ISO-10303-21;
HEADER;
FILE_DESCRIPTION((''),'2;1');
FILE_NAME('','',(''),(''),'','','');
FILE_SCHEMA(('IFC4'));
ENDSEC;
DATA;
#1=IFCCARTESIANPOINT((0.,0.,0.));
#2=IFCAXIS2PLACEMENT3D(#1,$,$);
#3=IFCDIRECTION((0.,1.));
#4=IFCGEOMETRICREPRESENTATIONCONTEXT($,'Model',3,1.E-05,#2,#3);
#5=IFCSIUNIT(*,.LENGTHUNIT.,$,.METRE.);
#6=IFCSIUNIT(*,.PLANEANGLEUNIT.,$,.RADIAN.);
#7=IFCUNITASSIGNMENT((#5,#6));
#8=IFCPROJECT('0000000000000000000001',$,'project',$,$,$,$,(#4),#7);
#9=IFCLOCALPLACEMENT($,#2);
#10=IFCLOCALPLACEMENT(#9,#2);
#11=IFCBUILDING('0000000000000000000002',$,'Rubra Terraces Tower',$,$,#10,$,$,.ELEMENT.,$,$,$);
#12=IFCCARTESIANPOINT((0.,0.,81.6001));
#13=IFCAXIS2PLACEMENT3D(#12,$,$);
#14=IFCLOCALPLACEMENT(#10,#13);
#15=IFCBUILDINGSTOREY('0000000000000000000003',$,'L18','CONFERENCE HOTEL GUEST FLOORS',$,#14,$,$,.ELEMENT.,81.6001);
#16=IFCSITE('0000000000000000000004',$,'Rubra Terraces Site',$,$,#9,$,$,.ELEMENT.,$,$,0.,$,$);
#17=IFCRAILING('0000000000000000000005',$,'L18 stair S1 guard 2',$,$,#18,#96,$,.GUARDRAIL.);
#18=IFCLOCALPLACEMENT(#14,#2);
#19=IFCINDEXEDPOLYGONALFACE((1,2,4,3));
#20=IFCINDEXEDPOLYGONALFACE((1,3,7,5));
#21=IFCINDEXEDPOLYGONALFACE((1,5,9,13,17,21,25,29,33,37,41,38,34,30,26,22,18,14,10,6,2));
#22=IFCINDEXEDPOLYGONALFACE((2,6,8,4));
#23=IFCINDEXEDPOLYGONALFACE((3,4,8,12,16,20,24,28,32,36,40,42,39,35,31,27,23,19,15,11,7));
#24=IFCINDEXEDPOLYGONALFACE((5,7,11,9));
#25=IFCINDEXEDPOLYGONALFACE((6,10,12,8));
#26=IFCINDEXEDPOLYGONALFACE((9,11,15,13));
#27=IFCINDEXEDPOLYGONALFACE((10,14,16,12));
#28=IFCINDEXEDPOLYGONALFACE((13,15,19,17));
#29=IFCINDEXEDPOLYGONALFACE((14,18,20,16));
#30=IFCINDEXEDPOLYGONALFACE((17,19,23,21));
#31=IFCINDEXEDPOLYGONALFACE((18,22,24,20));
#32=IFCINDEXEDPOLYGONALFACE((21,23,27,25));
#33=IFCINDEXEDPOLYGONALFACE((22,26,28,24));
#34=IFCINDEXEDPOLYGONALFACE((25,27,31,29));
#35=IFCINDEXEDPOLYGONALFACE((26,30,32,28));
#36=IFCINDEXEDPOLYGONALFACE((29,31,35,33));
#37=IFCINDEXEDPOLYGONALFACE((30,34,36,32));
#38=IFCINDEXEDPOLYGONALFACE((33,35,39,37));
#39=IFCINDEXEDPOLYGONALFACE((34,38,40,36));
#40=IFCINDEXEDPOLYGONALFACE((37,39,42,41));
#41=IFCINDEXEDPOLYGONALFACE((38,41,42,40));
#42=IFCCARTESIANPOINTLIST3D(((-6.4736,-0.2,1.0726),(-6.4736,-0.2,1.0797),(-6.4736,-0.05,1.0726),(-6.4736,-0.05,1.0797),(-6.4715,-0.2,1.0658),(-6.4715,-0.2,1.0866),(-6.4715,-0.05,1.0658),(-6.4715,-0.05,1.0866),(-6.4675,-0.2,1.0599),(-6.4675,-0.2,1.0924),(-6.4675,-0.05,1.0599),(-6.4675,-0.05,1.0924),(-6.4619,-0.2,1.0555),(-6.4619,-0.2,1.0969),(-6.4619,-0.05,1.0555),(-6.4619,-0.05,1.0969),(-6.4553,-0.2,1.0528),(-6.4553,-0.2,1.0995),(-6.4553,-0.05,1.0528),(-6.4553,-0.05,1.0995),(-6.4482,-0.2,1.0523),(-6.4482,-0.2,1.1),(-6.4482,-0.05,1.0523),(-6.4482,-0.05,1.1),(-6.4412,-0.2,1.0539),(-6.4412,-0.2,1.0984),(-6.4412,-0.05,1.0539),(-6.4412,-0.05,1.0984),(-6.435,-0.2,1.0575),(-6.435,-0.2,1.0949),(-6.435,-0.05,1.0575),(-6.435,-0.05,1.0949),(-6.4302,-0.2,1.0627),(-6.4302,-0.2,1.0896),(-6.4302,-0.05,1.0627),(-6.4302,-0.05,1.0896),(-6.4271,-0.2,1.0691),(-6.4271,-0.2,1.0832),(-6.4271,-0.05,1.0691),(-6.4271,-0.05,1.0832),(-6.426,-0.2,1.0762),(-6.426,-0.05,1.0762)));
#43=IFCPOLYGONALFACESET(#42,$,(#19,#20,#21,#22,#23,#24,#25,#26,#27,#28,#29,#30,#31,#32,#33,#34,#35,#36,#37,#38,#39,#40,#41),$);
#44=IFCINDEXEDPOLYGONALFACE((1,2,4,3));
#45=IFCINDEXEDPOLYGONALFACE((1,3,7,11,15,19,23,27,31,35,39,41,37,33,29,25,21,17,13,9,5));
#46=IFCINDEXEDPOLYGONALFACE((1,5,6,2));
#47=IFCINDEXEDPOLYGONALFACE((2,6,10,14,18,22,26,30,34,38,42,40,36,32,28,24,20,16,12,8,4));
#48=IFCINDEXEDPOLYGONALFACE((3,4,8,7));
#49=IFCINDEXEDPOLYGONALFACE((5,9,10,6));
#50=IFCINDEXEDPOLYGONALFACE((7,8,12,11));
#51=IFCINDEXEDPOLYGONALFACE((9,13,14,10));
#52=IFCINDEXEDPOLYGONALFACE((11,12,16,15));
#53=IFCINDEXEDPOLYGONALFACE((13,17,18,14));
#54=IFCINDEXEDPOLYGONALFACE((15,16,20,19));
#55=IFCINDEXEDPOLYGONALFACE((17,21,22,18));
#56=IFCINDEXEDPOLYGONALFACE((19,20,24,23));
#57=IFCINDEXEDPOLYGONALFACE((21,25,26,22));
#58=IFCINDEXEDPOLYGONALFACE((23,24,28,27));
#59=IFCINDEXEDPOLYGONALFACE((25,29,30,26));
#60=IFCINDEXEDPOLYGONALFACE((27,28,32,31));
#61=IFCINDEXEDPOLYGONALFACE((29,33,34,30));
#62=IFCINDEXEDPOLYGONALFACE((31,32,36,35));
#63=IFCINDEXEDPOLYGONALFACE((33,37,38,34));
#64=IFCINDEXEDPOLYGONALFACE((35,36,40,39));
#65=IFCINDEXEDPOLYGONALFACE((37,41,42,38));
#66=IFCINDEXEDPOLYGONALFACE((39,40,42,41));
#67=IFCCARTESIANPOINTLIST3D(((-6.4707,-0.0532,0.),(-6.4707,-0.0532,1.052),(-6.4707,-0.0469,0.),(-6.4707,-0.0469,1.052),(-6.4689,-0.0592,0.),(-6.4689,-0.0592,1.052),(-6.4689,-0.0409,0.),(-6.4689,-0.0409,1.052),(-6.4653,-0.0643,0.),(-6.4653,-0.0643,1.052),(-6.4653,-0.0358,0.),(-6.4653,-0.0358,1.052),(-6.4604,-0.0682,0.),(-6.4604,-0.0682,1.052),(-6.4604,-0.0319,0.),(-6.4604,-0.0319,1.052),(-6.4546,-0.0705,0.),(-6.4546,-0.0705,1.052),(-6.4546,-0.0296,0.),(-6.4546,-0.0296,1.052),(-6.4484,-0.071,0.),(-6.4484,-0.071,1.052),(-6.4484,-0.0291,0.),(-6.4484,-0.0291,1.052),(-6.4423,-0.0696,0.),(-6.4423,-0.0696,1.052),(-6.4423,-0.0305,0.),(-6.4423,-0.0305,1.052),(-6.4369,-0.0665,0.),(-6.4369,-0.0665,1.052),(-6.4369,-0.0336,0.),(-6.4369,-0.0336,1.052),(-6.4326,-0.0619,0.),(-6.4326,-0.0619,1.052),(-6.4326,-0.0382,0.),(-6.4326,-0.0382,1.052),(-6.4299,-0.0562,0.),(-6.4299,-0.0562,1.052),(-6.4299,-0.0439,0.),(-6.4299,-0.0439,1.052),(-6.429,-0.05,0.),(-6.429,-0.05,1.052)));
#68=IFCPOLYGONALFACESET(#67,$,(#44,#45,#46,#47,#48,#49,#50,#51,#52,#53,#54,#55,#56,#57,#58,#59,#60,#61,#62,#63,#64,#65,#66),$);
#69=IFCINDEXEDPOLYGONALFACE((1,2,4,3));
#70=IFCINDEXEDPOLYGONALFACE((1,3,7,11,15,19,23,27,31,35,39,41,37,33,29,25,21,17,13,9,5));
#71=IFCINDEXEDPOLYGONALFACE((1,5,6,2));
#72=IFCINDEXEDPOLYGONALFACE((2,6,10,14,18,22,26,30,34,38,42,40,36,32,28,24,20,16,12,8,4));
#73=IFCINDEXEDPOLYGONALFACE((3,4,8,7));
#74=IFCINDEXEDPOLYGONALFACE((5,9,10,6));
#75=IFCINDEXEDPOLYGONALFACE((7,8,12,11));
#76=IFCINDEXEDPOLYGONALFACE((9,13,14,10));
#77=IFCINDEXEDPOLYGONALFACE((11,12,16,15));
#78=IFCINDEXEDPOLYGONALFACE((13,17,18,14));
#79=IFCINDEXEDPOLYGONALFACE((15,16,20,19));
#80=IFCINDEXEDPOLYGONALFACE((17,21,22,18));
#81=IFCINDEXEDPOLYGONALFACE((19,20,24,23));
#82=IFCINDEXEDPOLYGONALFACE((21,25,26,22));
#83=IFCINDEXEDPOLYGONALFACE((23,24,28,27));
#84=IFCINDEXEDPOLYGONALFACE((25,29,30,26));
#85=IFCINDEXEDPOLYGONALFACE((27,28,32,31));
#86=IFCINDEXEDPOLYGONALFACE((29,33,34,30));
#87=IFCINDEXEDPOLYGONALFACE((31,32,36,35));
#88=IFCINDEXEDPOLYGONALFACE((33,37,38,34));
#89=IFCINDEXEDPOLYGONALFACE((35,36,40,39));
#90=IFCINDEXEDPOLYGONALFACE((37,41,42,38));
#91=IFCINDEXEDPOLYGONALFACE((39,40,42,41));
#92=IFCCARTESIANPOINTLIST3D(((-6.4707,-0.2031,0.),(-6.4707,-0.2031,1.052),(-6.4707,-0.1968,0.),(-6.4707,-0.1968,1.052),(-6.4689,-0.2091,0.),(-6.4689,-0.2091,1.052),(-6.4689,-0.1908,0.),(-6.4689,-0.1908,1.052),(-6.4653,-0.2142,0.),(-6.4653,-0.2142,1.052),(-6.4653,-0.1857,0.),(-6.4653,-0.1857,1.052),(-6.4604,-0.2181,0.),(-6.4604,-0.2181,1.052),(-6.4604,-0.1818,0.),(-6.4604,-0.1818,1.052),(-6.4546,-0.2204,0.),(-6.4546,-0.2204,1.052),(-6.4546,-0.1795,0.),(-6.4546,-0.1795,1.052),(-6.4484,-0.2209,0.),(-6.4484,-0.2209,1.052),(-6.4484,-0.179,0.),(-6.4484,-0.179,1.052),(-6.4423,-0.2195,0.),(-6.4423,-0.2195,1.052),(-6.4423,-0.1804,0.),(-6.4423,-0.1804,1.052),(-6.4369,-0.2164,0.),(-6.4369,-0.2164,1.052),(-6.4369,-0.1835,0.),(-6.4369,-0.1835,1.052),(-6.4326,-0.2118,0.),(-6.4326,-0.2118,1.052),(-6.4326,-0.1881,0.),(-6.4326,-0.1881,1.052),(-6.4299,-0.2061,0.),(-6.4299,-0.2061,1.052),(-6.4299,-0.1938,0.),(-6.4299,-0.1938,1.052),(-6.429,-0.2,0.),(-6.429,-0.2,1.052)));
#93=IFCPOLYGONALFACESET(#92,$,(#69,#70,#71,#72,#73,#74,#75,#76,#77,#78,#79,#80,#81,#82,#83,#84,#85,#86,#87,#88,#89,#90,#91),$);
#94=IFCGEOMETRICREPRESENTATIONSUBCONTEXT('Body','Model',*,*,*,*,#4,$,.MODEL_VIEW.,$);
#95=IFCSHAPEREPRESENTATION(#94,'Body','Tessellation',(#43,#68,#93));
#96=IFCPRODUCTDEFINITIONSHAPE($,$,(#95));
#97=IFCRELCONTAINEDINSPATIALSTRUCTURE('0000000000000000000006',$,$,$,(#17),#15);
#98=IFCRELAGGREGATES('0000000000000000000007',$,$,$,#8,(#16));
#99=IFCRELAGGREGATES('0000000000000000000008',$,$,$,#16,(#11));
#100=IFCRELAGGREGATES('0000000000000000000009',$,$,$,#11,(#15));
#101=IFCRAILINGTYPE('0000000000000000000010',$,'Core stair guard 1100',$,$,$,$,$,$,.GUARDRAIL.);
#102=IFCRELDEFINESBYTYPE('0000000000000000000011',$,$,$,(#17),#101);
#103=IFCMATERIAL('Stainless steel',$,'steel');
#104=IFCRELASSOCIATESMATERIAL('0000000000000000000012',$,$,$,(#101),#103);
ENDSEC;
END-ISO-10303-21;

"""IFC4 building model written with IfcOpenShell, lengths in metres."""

from ifc_helpers import new_model, si_unit, direction, frame, origin, origin_2d, place, context, subcontext, project, spatial, circle, extrude, material, type_object, element, save


model = new_model("IFC4")

# Units and contexts
model_context = context("Model", 3, precision=1e-05, world=origin(), true_north=direction((0.0, 1.0)))
body_context = subcontext(model_context, "Body", "Model", "MODEL_VIEW")
ifc_project = project(units=[si_unit("LENGTHUNIT", "METRE"), si_unit("PLANEANGLEUNIT", "RADIAN")], contexts=[model_context])

# Site, building, storey
site_placement = place(None, origin())
site = spatial("IfcSite", under=ifc_project, at=site_placement, Name="Rubra Terraces Site", CompositionType="ELEMENT", RefElevation=0.0)
building_placement = place(site_placement, origin())
building = spatial("IfcBuilding", under=site, at=building_placement, Name="Rubra Terraces Tower", CompositionType="ELEMENT")
storey_placement = place(building_placement, frame((0.0, 0.0, 81.6001)))
storey = spatial("IfcBuildingStorey", under=building, at=storey_placement, Name="L18", Description="CONFERENCE HOTEL GUEST FLOORS", CompositionType="ELEMENT", Elevation=81.6001)

# Railing
ifc_material_1 = material(Name="Stainless steel", Category="steel")
railing_type = type_object("IfcRailingType", Name="Core stair guard 1100", PredefinedType="GUARDRAIL", material=ifc_material_1)
railing_1_placement = place(storey_placement, frame((-6.45, -0.05, 0.0)))
element("IfcRailing", 1, at=railing_1_placement, inside=storey, type_object=railing_type, Name="L18 stair S1 guard 2", PredefinedType="GUARDRAIL", context=body_context, shape_type="SweptSolid", body=[
    extrude(circle(Radius=0.0239, at=origin_2d()), frame((0.0, 0.0, 1.0762), z_axis=(0.0, -1.0, 0.0), x_axis=(1.0, 0.0, 0.0)), (0.0, 0.0, 1.0), 0.1499),
    extrude(circle(Radius=0.021, at=origin_2d()), origin(), (0.0, 0.0, 1.0), 1.052),
    extrude(circle(Radius=0.021, at=origin_2d()), frame((0.0, -0.1499, 0.0)), (0.0, 0.0, 1.0), 1.052),
])

save(model, "model.ifc")
